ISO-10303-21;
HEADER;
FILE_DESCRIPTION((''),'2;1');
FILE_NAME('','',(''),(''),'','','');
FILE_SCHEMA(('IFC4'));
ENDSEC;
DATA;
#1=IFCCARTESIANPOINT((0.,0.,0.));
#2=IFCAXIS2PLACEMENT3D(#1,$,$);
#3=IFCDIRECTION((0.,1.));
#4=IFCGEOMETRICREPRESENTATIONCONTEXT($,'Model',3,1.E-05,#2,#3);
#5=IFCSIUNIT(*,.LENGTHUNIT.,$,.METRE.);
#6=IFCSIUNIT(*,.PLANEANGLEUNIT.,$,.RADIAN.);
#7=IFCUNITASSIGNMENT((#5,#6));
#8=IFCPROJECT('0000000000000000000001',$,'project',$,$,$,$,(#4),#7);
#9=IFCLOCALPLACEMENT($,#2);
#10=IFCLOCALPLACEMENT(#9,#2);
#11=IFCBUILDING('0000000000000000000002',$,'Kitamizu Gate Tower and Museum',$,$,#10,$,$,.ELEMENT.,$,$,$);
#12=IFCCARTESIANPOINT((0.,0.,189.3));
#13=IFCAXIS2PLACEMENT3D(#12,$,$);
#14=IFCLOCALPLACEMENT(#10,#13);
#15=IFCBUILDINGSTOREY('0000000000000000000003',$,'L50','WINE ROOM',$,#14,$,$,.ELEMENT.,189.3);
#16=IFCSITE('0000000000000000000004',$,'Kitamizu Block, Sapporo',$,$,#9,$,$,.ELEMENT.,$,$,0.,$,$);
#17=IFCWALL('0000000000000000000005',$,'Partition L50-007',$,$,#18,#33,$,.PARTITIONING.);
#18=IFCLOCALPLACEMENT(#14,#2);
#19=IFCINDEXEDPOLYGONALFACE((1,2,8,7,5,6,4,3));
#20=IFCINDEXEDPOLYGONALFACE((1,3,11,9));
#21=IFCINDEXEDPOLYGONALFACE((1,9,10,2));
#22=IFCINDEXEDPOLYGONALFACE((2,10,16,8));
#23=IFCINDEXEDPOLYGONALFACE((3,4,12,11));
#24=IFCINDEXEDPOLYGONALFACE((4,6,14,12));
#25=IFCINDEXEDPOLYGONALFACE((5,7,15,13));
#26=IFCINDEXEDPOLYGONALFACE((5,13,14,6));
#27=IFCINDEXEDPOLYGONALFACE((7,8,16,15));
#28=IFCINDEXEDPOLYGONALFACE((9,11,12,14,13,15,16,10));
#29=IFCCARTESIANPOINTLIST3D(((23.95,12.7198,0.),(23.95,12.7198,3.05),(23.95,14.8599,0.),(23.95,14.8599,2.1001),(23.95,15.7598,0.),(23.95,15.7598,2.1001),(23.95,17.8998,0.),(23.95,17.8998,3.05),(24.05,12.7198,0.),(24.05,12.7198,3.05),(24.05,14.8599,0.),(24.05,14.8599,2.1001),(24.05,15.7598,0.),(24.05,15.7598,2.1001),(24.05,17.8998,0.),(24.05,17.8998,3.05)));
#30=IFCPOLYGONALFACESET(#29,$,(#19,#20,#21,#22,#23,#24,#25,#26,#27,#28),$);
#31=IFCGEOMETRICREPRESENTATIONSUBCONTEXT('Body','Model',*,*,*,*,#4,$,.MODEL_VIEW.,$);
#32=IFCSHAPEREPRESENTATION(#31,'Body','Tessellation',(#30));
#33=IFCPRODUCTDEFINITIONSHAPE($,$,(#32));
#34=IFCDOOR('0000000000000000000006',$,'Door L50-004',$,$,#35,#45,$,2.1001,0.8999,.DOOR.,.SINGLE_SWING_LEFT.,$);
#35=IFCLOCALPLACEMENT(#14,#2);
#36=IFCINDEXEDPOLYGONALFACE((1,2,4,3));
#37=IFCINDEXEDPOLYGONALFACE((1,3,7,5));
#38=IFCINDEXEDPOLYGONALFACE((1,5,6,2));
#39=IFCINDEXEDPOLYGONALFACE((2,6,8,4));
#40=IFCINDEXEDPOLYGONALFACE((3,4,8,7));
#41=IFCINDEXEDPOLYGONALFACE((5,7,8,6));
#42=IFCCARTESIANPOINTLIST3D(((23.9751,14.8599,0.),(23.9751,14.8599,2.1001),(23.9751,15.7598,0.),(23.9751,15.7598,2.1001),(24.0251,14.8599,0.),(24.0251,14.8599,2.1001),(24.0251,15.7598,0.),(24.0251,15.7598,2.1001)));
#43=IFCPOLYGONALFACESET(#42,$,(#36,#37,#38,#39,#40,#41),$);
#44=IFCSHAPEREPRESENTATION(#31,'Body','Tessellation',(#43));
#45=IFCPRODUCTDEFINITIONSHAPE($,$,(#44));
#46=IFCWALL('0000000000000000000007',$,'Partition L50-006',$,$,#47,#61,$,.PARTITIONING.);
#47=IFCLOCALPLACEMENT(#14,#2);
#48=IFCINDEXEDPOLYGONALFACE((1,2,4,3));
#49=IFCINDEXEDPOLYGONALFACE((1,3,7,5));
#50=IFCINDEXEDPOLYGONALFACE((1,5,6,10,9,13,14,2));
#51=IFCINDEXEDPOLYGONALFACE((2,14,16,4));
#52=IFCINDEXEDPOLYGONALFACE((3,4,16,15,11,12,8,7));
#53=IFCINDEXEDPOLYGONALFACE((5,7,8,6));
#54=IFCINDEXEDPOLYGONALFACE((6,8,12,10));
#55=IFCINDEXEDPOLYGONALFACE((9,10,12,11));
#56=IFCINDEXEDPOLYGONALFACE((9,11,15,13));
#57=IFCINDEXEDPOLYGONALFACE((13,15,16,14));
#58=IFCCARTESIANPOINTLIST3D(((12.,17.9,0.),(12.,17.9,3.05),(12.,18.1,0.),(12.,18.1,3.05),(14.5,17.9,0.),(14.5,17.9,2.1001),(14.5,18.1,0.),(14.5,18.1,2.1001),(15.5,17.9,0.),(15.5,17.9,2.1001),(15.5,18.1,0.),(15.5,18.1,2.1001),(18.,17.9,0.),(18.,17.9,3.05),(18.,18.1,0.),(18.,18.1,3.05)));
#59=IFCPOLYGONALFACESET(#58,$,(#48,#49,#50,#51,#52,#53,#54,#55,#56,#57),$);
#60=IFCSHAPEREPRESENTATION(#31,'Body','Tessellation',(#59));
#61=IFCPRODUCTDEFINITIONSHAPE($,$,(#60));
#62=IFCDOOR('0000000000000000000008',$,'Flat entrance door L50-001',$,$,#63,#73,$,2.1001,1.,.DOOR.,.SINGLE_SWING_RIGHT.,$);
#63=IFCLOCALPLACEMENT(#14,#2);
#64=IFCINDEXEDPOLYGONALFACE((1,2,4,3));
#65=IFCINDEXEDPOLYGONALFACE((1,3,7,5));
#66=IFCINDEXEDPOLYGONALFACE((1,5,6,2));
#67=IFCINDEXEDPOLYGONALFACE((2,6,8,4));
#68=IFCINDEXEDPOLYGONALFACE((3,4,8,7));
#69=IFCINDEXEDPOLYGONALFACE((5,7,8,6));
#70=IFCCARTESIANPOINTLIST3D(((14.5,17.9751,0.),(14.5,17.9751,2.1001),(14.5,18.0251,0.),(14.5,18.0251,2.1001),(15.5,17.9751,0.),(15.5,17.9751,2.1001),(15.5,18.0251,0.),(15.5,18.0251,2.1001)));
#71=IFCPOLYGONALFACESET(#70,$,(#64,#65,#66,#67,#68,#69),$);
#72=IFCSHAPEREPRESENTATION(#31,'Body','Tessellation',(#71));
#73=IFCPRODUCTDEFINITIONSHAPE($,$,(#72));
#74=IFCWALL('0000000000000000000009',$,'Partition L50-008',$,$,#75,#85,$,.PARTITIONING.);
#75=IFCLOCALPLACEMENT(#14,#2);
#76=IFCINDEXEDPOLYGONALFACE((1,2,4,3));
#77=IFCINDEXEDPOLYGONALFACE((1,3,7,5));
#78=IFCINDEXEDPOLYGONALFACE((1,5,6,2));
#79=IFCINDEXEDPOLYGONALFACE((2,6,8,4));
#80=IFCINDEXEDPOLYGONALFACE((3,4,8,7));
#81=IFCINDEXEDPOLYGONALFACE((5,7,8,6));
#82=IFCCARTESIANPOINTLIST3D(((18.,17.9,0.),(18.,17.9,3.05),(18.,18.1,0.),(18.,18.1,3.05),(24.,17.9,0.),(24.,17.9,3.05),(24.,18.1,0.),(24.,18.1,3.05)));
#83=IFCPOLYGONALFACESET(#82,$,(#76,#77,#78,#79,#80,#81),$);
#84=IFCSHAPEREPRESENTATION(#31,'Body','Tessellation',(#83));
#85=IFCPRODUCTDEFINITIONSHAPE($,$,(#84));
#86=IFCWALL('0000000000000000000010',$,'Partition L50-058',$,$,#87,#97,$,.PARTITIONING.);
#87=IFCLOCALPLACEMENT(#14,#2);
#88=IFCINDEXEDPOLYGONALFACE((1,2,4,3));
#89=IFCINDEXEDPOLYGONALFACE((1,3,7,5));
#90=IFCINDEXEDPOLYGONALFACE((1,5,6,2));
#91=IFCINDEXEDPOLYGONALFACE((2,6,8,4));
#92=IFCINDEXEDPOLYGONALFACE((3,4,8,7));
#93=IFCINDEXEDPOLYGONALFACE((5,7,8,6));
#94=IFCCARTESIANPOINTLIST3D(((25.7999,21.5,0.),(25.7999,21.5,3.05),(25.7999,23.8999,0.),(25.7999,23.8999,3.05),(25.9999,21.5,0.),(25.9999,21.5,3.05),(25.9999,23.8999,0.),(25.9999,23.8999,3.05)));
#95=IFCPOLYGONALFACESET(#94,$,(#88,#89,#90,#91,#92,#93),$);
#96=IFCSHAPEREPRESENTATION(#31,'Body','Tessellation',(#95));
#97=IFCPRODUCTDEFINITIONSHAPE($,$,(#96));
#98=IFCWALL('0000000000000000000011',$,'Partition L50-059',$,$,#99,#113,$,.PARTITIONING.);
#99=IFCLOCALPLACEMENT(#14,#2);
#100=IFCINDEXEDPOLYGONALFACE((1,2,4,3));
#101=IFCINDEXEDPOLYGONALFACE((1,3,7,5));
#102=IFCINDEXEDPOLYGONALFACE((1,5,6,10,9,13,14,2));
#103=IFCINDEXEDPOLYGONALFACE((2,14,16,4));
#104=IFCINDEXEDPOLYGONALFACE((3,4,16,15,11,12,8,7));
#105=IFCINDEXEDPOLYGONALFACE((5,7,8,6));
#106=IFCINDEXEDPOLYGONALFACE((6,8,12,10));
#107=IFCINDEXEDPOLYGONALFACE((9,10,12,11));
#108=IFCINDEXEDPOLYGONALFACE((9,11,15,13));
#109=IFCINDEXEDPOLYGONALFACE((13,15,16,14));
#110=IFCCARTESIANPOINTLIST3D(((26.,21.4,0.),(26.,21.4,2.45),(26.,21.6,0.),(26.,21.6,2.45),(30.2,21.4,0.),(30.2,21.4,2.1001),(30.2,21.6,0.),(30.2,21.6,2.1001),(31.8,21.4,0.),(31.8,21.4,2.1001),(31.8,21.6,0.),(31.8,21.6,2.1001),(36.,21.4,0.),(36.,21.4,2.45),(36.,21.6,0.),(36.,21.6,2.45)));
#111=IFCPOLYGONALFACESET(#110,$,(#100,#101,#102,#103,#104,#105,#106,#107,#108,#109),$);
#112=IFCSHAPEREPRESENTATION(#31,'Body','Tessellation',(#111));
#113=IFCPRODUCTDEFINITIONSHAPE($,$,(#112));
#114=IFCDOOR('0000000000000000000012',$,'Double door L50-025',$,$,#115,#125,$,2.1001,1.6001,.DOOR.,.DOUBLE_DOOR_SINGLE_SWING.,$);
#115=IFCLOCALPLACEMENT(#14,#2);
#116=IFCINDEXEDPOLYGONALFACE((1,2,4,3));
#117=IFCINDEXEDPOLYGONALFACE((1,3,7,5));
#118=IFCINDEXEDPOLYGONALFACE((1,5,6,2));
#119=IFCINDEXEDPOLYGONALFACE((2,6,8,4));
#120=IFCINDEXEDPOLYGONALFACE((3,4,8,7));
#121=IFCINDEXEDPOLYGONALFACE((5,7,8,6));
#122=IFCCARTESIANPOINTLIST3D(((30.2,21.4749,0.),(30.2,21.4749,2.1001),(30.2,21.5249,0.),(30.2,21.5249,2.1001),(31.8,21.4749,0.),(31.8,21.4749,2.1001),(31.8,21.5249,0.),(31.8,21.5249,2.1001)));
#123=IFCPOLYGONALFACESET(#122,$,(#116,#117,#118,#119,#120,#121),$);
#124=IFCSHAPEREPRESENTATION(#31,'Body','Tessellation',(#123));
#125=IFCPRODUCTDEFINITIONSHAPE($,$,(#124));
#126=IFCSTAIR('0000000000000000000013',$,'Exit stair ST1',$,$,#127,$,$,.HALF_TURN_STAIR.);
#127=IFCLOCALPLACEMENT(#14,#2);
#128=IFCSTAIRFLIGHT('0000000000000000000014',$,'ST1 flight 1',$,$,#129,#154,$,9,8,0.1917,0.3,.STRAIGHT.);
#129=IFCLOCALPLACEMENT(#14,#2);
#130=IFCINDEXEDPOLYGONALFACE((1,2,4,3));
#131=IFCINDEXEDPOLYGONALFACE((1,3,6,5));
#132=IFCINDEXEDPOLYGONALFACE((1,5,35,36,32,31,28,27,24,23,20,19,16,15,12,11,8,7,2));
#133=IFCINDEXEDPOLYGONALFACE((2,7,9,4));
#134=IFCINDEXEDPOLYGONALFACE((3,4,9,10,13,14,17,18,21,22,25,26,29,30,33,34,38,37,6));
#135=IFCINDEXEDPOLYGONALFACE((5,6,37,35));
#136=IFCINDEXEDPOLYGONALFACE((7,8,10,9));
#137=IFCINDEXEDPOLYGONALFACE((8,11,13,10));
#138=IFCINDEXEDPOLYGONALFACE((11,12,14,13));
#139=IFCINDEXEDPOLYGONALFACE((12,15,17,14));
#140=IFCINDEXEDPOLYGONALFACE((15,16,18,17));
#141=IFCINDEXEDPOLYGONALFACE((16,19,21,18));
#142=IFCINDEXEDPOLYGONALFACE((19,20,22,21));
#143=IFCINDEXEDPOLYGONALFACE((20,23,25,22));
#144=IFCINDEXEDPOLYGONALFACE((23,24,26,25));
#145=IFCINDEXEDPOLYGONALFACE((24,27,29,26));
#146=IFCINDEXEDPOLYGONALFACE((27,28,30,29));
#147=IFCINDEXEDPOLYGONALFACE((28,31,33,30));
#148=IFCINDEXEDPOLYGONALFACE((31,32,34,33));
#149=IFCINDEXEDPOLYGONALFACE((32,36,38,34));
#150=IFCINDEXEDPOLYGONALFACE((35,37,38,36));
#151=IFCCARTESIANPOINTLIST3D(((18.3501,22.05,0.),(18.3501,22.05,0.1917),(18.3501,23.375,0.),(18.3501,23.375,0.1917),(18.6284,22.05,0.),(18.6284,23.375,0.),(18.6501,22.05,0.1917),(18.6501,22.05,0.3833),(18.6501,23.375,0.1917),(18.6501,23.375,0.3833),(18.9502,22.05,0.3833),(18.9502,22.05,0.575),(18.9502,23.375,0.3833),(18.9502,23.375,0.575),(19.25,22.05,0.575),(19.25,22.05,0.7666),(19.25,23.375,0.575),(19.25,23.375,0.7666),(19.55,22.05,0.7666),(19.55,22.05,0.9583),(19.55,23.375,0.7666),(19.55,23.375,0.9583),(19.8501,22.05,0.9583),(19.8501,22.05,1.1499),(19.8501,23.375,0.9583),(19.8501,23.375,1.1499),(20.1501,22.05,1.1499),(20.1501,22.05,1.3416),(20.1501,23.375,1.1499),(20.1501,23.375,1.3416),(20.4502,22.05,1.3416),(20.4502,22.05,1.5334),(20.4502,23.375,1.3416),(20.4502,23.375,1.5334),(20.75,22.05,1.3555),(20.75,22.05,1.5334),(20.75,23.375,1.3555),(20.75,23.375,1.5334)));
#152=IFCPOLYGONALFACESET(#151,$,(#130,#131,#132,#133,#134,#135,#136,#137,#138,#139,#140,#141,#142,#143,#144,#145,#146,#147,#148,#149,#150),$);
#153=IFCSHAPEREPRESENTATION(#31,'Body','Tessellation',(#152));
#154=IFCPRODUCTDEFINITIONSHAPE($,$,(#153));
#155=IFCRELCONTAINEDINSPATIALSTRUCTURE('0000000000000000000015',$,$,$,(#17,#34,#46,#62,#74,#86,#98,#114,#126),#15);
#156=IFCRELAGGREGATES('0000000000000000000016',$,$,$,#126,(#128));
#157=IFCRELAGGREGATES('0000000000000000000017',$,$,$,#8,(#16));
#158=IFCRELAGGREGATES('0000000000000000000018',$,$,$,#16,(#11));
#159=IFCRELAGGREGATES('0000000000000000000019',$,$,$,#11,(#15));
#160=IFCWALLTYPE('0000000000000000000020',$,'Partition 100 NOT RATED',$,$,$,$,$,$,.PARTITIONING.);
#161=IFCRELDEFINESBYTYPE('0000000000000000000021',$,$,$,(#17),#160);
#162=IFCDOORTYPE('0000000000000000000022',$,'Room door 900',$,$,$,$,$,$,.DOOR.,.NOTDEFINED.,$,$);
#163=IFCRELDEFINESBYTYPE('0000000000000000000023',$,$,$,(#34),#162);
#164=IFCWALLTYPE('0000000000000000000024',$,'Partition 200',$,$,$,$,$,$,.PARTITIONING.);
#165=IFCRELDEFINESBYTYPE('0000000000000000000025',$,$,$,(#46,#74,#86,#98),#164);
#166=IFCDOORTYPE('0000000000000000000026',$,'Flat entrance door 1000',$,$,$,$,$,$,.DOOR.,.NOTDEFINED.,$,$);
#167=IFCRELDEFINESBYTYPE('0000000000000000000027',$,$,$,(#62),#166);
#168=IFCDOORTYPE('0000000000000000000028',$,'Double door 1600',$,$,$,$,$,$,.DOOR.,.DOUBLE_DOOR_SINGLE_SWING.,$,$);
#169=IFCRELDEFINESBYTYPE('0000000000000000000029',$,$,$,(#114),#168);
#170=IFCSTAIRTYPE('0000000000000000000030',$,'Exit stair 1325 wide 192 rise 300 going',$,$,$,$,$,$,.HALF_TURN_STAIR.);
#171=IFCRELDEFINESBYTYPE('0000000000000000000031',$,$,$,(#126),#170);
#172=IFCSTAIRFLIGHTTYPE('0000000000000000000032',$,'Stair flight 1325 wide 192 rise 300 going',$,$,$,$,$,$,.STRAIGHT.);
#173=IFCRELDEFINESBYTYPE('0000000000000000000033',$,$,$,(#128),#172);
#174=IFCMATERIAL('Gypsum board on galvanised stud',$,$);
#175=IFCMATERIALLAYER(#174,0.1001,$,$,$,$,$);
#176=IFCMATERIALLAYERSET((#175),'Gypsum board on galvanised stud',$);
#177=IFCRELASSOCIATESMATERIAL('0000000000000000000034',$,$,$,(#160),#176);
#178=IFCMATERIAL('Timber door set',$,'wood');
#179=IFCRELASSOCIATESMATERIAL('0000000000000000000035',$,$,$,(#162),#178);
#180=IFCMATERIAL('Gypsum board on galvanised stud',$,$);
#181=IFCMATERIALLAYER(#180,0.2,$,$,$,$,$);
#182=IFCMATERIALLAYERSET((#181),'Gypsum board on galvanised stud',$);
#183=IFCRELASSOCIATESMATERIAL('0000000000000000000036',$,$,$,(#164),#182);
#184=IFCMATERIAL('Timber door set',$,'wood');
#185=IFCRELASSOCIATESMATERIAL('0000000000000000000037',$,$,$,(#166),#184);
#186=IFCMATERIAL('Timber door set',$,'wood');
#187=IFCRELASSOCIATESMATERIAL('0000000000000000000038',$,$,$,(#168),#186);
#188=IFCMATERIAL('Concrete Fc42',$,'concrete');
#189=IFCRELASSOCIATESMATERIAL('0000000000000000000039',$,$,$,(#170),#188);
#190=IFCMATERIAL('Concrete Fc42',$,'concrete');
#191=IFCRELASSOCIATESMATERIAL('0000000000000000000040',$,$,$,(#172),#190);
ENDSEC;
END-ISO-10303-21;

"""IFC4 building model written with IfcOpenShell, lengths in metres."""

from ifc_helpers import new_model, si_unit, direction, frame, frame_2d, origin, place, context, subcontext, project, spatial, polyline, rectangle, outline, extrude, material, layer, layer_set, type_object, element, fill, aggregate, save


model = new_model("IFC4")

# Units and contexts
model_context = context("Model", 3, precision=1e-05, world=origin(), true_north=direction((0.0, 1.0)))
body_context = subcontext(model_context, "Body", "Model", "MODEL_VIEW")
ifc_project = project(units=[si_unit("LENGTHUNIT", "METRE"), si_unit("PLANEANGLEUNIT", "RADIAN")], contexts=[model_context])

# Site, building, storey
site_placement = place(None, origin())
site = spatial("IfcSite", under=ifc_project, at=site_placement, Name="Kitamizu Block, Sapporo", CompositionType="ELEMENT", RefElevation=0.0)
building_placement = place(site_placement, origin())
building = spatial("IfcBuilding", under=site, at=building_placement, Name="Kitamizu Gate Tower and Museum", CompositionType="ELEMENT")
storey_placement = place(building_placement, frame((0.0, 0.0, 189.3)))
storey = spatial("IfcBuildingStorey", under=building, at=storey_placement, Name="L50", Description="WINE ROOM", CompositionType="ELEMENT", Elevation=189.3)

# Walls, openings, doors
ifc_material_1 = material(Name="Gypsum board on galvanised stud")
ifc_layer_1 = layer(ifc_material_1, 0.1001)
ifc_layer_set_1 = layer_set([ifc_layer_1], Name="Gypsum board on galvanised stud")
wall_type_1 = type_object("IfcWallType", Name="Partition 100 NOT RATED", PredefinedType="PARTITIONING", material=ifc_layer_set_1)
ifc_material_2 = material(Name="Timber door set", Category="wood")
door_type_1 = type_object("IfcDoorType", Name="Room door 900", OperationType="NOTDEFINED", PredefinedType="DOOR", material=ifc_material_2)
wall_1_placement = place(storey_placement, frame((24.0, 12.72, 0.0), z_axis=(0.0, 0.0, 1.0), x_axis=(0.0, 1.0, 0.0)))
wall_1 = element("IfcWall", 1, at=wall_1_placement, inside=storey, type_object=wall_type_1, Name="Partition L50-007", PredefinedType="PARTITIONING", context=body_context, shape_type="SweptSolid", body=[
    extrude(rectangle(XDim=5.1799, YDim=0.1001, at=frame_2d((2.5898, 0.0))), origin(), (0.0, 0.0, 1.0), 3.05),
])
opening_1_placement = place(wall_1_placement, frame((2.1399, 0.0, 0.0)))
opening_1 = element("IfcOpeningElement", 2, at=opening_1_placement, cuts=wall_1, PredefinedType="OPENING", context=body_context, shape_type="SweptSolid", body=[
    extrude(rectangle(XDim=0.8999, YDim=2.1001, at=frame_2d((0.45, 1.05))), frame((0.0, 0.0601, 0.0), z_axis=(0.0, -1.0, 0.0), x_axis=(1.0, 0.0, 0.0)), (0.0, 0.0, 1.0), 0.1201),
])
door_1_placement = place(opening_1_placement, origin())
door_1 = element("IfcDoor", 3, at=door_1_placement, inside=storey, type_object=door_type_1, Name="Door L50-004", OperationType="SINGLE_SWING_LEFT", OverallHeight=2.1001, OverallWidth=0.8999, PredefinedType="DOOR", context=body_context, shape_type="SweptSolid", body=[
    extrude(rectangle(XDim=0.8999, YDim=2.1001, at=frame_2d((0.45, 1.05))), frame((0.0, 0.0249, 0.0), z_axis=(0.0, -1.0, 0.0), x_axis=(1.0, 0.0, 0.0)), (0.0, 0.0, 1.0), 0.05),
])
fill(opening_1, door_1)
ifc_material_3 = material(Name="Gypsum board on galvanised stud")
ifc_layer_2 = layer(ifc_material_3, 0.2)
ifc_layer_set_2 = layer_set([ifc_layer_2], Name="Gypsum board on galvanised stud")
wall_type_2 = type_object("IfcWallType", Name="Partition 200", PredefinedType="PARTITIONING", material=ifc_layer_set_2)
wall_2_placement = place(storey_placement, frame((18.0, 18.0, 0.0), z_axis=(0.0, 0.0, 1.0), x_axis=(-1.0, 0.0, 0.0)))
wall_2 = element("IfcWall", 4, at=wall_2_placement, inside=storey, type_object=wall_type_2, Name="Partition L50-006", PredefinedType="PARTITIONING", context=body_context, shape_type="SweptSolid", body=[
    extrude(rectangle(XDim=6.0, YDim=0.2, at=frame_2d((3.0, 0.0))), origin(), (0.0, 0.0, 1.0), 3.05),
])
opening_2_placement = place(wall_2_placement, frame((2.5, 0.0, 0.0)))
opening_2 = element("IfcOpeningElement", 5, at=opening_2_placement, cuts=wall_2, PredefinedType="OPENING", context=body_context, shape_type="SweptSolid", body=[
    extrude(rectangle(XDim=1.0, YDim=2.1001, at=frame_2d((0.5, 1.05))), frame((0.0, 0.1099, 0.0), z_axis=(0.0, -1.0, 0.0), x_axis=(1.0, 0.0, 0.0)), (0.0, 0.0, 1.0), 0.22),
])
ifc_material_4 = material(Name="Timber door set", Category="wood")
door_type_2 = type_object("IfcDoorType", Name="Flat entrance door 1000", OperationType="NOTDEFINED", PredefinedType="DOOR", material=ifc_material_4)
door_2_placement = place(opening_2_placement, origin())
door_2 = element("IfcDoor", 6, at=door_2_placement, inside=storey, type_object=door_type_2, Name="Flat entrance door L50-001", OperationType="SINGLE_SWING_RIGHT", OverallHeight=2.1001, OverallWidth=1.0, PredefinedType="DOOR", context=body_context, shape_type="SweptSolid", body=[
    extrude(rectangle(XDim=1.0, YDim=2.1001, at=frame_2d((0.5, 1.05))), frame((0.0, 0.0249, 0.0), z_axis=(0.0, -1.0, 0.0), x_axis=(1.0, 0.0, 0.0)), (0.0, 0.0, 1.0), 0.05),
])
fill(opening_2, door_2)

# Walls
wall_3_placement = place(storey_placement, frame((24.0, 18.0, 0.0), z_axis=(0.0, 0.0, 1.0), x_axis=(-1.0, 0.0, 0.0)))
element("IfcWall", 7, at=wall_3_placement, inside=storey, type_object=wall_type_2, Name="Partition L50-008", PredefinedType="PARTITIONING", context=body_context, shape_type="SweptSolid", body=[
    extrude(rectangle(XDim=6.0, YDim=0.2, at=frame_2d((3.0, 0.0))), origin(), (0.0, 0.0, 1.0), 3.05),
])
wall_4_placement = place(storey_placement, frame((25.8999, 23.8999, 0.0), z_axis=(0.0, 0.0, 1.0), x_axis=(0.0, -1.0, 0.0)))
element("IfcWall", 8, at=wall_4_placement, inside=storey, type_object=wall_type_2, Name="Partition L50-058", PredefinedType="PARTITIONING", context=body_context, shape_type="SweptSolid", body=[
    extrude(rectangle(XDim=2.3999, YDim=0.2, at=frame_2d((1.2, 0.0))), origin(), (0.0, 0.0, 1.0), 3.05),
])

# Wall, opening, door
wall_5_placement = place(storey_placement, frame((26.0, 21.5, 0.0), z_axis=(0.0, 0.0, 1.0), x_axis=(1.0, 0.0, 0.0)))
wall_5 = element("IfcWall", 9, at=wall_5_placement, inside=storey, type_object=wall_type_2, Name="Partition L50-059", PredefinedType="PARTITIONING", context=body_context, shape_type="SweptSolid", body=[
    extrude(rectangle(XDim=10.0, YDim=0.2, at=frame_2d((5.0, 0.0))), origin(), (0.0, 0.0, 1.0), 2.45),
])
opening_3_placement = place(wall_5_placement, frame((4.2, 0.0, 0.0)))
opening_3 = element("IfcOpeningElement", 10, at=opening_3_placement, cuts=wall_5, PredefinedType="OPENING", context=body_context, shape_type="SweptSolid", body=[
    extrude(rectangle(XDim=1.6001, YDim=2.1001, at=frame_2d((0.8, 1.05))), frame((0.0, 0.1099, 0.0), z_axis=(0.0, -1.0, 0.0), x_axis=(1.0, 0.0, 0.0)), (0.0, 0.0, 1.0), 0.22),
])
ifc_material_5 = material(Name="Timber door set", Category="wood")
door_type_3 = type_object("IfcDoorType", Name="Double door 1600", OperationType="DOUBLE_DOOR_SINGLE_SWING", PredefinedType="DOOR", material=ifc_material_5)
door_3_placement = place(opening_3_placement, origin())
door_3 = element("IfcDoor", 11, at=door_3_placement, inside=storey, type_object=door_type_3, Name="Double door L50-025", OperationType="DOUBLE_DOOR_SINGLE_SWING", OverallHeight=2.1001, OverallWidth=1.6001, PredefinedType="DOOR", context=body_context, shape_type="SweptSolid", body=[
    extrude(rectangle(XDim=1.6001, YDim=2.1001, at=frame_2d((0.8, 1.05))), frame((0.0, 0.0249, 0.0), z_axis=(0.0, -1.0, 0.0), x_axis=(1.0, 0.0, 0.0)), (0.0, 0.0, 1.0), 0.05),
])
fill(opening_3, door_3)

# Stair, stair flight
ifc_material_6 = material(Name="Concrete Fc42", Category="concrete")
stair_type = type_object("IfcStairType", Name="Exit stair 1325 wide 192 rise 300 going", PredefinedType="HALF_TURN_STAIR", material=ifc_material_6)
stair_placement = place(storey_placement, origin())
stair = element("IfcStair", 12, at=stair_placement, inside=storey, type_object=stair_type, Name="Exit stair ST1", PredefinedType="HALF_TURN_STAIR")
ifc_material_7 = material(Name="Concrete Fc42", Category="concrete")
stair_flight_type = type_object("IfcStairFlightType", Name="Stair flight 1325 wide 192 rise 300 going", PredefinedType="STRAIGHT", material=ifc_material_7)
stair_flight_placement = place(storey_placement, frame((18.3501, 22.7124, 0.0), z_axis=(0.0, 0.0, 1.0), x_axis=(1.0, 0.0, 0.0)))
stair_flight = element("IfcStairFlight", 13, at=stair_flight_placement, type_object=stair_flight_type, Name="ST1 flight 1", NumberOfRisers=9, NumberOfTreads=8, PredefinedType="STRAIGHT", RiserHeight=0.1917, TreadLength=0.3, context=body_context, shape_type="SweptSolid", body=[
    extrude(outline(polyline([(0.0, 0.0), (0.0, 0.1917), (0.3, 0.1917), (0.3, 0.3833), (0.6001, 0.3833), (0.6001, 0.575), (0.8999, 0.575), (0.8999, 0.7666), (1.2, 0.7666), (1.2, 0.9583), (1.5, 0.9583), (1.5, 1.1499), (1.8, 1.1499), (1.8, 1.3416), (2.1001, 1.3416), (2.1001, 1.5334), (2.3999, 1.5334), (2.3999, 1.7251), (2.3999, 1.3555), (0.2783, 0.0), (0.0, 0.0)])), frame((0.0, 0.6626, 0.0), z_axis=(0.0, -1.0, 0.0), x_axis=(1.0, 0.0, 0.0)), (0.0, 0.0, 1.0), 1.325),
])
aggregate(stair, [stair_flight])

save(model, "model.ifc")
